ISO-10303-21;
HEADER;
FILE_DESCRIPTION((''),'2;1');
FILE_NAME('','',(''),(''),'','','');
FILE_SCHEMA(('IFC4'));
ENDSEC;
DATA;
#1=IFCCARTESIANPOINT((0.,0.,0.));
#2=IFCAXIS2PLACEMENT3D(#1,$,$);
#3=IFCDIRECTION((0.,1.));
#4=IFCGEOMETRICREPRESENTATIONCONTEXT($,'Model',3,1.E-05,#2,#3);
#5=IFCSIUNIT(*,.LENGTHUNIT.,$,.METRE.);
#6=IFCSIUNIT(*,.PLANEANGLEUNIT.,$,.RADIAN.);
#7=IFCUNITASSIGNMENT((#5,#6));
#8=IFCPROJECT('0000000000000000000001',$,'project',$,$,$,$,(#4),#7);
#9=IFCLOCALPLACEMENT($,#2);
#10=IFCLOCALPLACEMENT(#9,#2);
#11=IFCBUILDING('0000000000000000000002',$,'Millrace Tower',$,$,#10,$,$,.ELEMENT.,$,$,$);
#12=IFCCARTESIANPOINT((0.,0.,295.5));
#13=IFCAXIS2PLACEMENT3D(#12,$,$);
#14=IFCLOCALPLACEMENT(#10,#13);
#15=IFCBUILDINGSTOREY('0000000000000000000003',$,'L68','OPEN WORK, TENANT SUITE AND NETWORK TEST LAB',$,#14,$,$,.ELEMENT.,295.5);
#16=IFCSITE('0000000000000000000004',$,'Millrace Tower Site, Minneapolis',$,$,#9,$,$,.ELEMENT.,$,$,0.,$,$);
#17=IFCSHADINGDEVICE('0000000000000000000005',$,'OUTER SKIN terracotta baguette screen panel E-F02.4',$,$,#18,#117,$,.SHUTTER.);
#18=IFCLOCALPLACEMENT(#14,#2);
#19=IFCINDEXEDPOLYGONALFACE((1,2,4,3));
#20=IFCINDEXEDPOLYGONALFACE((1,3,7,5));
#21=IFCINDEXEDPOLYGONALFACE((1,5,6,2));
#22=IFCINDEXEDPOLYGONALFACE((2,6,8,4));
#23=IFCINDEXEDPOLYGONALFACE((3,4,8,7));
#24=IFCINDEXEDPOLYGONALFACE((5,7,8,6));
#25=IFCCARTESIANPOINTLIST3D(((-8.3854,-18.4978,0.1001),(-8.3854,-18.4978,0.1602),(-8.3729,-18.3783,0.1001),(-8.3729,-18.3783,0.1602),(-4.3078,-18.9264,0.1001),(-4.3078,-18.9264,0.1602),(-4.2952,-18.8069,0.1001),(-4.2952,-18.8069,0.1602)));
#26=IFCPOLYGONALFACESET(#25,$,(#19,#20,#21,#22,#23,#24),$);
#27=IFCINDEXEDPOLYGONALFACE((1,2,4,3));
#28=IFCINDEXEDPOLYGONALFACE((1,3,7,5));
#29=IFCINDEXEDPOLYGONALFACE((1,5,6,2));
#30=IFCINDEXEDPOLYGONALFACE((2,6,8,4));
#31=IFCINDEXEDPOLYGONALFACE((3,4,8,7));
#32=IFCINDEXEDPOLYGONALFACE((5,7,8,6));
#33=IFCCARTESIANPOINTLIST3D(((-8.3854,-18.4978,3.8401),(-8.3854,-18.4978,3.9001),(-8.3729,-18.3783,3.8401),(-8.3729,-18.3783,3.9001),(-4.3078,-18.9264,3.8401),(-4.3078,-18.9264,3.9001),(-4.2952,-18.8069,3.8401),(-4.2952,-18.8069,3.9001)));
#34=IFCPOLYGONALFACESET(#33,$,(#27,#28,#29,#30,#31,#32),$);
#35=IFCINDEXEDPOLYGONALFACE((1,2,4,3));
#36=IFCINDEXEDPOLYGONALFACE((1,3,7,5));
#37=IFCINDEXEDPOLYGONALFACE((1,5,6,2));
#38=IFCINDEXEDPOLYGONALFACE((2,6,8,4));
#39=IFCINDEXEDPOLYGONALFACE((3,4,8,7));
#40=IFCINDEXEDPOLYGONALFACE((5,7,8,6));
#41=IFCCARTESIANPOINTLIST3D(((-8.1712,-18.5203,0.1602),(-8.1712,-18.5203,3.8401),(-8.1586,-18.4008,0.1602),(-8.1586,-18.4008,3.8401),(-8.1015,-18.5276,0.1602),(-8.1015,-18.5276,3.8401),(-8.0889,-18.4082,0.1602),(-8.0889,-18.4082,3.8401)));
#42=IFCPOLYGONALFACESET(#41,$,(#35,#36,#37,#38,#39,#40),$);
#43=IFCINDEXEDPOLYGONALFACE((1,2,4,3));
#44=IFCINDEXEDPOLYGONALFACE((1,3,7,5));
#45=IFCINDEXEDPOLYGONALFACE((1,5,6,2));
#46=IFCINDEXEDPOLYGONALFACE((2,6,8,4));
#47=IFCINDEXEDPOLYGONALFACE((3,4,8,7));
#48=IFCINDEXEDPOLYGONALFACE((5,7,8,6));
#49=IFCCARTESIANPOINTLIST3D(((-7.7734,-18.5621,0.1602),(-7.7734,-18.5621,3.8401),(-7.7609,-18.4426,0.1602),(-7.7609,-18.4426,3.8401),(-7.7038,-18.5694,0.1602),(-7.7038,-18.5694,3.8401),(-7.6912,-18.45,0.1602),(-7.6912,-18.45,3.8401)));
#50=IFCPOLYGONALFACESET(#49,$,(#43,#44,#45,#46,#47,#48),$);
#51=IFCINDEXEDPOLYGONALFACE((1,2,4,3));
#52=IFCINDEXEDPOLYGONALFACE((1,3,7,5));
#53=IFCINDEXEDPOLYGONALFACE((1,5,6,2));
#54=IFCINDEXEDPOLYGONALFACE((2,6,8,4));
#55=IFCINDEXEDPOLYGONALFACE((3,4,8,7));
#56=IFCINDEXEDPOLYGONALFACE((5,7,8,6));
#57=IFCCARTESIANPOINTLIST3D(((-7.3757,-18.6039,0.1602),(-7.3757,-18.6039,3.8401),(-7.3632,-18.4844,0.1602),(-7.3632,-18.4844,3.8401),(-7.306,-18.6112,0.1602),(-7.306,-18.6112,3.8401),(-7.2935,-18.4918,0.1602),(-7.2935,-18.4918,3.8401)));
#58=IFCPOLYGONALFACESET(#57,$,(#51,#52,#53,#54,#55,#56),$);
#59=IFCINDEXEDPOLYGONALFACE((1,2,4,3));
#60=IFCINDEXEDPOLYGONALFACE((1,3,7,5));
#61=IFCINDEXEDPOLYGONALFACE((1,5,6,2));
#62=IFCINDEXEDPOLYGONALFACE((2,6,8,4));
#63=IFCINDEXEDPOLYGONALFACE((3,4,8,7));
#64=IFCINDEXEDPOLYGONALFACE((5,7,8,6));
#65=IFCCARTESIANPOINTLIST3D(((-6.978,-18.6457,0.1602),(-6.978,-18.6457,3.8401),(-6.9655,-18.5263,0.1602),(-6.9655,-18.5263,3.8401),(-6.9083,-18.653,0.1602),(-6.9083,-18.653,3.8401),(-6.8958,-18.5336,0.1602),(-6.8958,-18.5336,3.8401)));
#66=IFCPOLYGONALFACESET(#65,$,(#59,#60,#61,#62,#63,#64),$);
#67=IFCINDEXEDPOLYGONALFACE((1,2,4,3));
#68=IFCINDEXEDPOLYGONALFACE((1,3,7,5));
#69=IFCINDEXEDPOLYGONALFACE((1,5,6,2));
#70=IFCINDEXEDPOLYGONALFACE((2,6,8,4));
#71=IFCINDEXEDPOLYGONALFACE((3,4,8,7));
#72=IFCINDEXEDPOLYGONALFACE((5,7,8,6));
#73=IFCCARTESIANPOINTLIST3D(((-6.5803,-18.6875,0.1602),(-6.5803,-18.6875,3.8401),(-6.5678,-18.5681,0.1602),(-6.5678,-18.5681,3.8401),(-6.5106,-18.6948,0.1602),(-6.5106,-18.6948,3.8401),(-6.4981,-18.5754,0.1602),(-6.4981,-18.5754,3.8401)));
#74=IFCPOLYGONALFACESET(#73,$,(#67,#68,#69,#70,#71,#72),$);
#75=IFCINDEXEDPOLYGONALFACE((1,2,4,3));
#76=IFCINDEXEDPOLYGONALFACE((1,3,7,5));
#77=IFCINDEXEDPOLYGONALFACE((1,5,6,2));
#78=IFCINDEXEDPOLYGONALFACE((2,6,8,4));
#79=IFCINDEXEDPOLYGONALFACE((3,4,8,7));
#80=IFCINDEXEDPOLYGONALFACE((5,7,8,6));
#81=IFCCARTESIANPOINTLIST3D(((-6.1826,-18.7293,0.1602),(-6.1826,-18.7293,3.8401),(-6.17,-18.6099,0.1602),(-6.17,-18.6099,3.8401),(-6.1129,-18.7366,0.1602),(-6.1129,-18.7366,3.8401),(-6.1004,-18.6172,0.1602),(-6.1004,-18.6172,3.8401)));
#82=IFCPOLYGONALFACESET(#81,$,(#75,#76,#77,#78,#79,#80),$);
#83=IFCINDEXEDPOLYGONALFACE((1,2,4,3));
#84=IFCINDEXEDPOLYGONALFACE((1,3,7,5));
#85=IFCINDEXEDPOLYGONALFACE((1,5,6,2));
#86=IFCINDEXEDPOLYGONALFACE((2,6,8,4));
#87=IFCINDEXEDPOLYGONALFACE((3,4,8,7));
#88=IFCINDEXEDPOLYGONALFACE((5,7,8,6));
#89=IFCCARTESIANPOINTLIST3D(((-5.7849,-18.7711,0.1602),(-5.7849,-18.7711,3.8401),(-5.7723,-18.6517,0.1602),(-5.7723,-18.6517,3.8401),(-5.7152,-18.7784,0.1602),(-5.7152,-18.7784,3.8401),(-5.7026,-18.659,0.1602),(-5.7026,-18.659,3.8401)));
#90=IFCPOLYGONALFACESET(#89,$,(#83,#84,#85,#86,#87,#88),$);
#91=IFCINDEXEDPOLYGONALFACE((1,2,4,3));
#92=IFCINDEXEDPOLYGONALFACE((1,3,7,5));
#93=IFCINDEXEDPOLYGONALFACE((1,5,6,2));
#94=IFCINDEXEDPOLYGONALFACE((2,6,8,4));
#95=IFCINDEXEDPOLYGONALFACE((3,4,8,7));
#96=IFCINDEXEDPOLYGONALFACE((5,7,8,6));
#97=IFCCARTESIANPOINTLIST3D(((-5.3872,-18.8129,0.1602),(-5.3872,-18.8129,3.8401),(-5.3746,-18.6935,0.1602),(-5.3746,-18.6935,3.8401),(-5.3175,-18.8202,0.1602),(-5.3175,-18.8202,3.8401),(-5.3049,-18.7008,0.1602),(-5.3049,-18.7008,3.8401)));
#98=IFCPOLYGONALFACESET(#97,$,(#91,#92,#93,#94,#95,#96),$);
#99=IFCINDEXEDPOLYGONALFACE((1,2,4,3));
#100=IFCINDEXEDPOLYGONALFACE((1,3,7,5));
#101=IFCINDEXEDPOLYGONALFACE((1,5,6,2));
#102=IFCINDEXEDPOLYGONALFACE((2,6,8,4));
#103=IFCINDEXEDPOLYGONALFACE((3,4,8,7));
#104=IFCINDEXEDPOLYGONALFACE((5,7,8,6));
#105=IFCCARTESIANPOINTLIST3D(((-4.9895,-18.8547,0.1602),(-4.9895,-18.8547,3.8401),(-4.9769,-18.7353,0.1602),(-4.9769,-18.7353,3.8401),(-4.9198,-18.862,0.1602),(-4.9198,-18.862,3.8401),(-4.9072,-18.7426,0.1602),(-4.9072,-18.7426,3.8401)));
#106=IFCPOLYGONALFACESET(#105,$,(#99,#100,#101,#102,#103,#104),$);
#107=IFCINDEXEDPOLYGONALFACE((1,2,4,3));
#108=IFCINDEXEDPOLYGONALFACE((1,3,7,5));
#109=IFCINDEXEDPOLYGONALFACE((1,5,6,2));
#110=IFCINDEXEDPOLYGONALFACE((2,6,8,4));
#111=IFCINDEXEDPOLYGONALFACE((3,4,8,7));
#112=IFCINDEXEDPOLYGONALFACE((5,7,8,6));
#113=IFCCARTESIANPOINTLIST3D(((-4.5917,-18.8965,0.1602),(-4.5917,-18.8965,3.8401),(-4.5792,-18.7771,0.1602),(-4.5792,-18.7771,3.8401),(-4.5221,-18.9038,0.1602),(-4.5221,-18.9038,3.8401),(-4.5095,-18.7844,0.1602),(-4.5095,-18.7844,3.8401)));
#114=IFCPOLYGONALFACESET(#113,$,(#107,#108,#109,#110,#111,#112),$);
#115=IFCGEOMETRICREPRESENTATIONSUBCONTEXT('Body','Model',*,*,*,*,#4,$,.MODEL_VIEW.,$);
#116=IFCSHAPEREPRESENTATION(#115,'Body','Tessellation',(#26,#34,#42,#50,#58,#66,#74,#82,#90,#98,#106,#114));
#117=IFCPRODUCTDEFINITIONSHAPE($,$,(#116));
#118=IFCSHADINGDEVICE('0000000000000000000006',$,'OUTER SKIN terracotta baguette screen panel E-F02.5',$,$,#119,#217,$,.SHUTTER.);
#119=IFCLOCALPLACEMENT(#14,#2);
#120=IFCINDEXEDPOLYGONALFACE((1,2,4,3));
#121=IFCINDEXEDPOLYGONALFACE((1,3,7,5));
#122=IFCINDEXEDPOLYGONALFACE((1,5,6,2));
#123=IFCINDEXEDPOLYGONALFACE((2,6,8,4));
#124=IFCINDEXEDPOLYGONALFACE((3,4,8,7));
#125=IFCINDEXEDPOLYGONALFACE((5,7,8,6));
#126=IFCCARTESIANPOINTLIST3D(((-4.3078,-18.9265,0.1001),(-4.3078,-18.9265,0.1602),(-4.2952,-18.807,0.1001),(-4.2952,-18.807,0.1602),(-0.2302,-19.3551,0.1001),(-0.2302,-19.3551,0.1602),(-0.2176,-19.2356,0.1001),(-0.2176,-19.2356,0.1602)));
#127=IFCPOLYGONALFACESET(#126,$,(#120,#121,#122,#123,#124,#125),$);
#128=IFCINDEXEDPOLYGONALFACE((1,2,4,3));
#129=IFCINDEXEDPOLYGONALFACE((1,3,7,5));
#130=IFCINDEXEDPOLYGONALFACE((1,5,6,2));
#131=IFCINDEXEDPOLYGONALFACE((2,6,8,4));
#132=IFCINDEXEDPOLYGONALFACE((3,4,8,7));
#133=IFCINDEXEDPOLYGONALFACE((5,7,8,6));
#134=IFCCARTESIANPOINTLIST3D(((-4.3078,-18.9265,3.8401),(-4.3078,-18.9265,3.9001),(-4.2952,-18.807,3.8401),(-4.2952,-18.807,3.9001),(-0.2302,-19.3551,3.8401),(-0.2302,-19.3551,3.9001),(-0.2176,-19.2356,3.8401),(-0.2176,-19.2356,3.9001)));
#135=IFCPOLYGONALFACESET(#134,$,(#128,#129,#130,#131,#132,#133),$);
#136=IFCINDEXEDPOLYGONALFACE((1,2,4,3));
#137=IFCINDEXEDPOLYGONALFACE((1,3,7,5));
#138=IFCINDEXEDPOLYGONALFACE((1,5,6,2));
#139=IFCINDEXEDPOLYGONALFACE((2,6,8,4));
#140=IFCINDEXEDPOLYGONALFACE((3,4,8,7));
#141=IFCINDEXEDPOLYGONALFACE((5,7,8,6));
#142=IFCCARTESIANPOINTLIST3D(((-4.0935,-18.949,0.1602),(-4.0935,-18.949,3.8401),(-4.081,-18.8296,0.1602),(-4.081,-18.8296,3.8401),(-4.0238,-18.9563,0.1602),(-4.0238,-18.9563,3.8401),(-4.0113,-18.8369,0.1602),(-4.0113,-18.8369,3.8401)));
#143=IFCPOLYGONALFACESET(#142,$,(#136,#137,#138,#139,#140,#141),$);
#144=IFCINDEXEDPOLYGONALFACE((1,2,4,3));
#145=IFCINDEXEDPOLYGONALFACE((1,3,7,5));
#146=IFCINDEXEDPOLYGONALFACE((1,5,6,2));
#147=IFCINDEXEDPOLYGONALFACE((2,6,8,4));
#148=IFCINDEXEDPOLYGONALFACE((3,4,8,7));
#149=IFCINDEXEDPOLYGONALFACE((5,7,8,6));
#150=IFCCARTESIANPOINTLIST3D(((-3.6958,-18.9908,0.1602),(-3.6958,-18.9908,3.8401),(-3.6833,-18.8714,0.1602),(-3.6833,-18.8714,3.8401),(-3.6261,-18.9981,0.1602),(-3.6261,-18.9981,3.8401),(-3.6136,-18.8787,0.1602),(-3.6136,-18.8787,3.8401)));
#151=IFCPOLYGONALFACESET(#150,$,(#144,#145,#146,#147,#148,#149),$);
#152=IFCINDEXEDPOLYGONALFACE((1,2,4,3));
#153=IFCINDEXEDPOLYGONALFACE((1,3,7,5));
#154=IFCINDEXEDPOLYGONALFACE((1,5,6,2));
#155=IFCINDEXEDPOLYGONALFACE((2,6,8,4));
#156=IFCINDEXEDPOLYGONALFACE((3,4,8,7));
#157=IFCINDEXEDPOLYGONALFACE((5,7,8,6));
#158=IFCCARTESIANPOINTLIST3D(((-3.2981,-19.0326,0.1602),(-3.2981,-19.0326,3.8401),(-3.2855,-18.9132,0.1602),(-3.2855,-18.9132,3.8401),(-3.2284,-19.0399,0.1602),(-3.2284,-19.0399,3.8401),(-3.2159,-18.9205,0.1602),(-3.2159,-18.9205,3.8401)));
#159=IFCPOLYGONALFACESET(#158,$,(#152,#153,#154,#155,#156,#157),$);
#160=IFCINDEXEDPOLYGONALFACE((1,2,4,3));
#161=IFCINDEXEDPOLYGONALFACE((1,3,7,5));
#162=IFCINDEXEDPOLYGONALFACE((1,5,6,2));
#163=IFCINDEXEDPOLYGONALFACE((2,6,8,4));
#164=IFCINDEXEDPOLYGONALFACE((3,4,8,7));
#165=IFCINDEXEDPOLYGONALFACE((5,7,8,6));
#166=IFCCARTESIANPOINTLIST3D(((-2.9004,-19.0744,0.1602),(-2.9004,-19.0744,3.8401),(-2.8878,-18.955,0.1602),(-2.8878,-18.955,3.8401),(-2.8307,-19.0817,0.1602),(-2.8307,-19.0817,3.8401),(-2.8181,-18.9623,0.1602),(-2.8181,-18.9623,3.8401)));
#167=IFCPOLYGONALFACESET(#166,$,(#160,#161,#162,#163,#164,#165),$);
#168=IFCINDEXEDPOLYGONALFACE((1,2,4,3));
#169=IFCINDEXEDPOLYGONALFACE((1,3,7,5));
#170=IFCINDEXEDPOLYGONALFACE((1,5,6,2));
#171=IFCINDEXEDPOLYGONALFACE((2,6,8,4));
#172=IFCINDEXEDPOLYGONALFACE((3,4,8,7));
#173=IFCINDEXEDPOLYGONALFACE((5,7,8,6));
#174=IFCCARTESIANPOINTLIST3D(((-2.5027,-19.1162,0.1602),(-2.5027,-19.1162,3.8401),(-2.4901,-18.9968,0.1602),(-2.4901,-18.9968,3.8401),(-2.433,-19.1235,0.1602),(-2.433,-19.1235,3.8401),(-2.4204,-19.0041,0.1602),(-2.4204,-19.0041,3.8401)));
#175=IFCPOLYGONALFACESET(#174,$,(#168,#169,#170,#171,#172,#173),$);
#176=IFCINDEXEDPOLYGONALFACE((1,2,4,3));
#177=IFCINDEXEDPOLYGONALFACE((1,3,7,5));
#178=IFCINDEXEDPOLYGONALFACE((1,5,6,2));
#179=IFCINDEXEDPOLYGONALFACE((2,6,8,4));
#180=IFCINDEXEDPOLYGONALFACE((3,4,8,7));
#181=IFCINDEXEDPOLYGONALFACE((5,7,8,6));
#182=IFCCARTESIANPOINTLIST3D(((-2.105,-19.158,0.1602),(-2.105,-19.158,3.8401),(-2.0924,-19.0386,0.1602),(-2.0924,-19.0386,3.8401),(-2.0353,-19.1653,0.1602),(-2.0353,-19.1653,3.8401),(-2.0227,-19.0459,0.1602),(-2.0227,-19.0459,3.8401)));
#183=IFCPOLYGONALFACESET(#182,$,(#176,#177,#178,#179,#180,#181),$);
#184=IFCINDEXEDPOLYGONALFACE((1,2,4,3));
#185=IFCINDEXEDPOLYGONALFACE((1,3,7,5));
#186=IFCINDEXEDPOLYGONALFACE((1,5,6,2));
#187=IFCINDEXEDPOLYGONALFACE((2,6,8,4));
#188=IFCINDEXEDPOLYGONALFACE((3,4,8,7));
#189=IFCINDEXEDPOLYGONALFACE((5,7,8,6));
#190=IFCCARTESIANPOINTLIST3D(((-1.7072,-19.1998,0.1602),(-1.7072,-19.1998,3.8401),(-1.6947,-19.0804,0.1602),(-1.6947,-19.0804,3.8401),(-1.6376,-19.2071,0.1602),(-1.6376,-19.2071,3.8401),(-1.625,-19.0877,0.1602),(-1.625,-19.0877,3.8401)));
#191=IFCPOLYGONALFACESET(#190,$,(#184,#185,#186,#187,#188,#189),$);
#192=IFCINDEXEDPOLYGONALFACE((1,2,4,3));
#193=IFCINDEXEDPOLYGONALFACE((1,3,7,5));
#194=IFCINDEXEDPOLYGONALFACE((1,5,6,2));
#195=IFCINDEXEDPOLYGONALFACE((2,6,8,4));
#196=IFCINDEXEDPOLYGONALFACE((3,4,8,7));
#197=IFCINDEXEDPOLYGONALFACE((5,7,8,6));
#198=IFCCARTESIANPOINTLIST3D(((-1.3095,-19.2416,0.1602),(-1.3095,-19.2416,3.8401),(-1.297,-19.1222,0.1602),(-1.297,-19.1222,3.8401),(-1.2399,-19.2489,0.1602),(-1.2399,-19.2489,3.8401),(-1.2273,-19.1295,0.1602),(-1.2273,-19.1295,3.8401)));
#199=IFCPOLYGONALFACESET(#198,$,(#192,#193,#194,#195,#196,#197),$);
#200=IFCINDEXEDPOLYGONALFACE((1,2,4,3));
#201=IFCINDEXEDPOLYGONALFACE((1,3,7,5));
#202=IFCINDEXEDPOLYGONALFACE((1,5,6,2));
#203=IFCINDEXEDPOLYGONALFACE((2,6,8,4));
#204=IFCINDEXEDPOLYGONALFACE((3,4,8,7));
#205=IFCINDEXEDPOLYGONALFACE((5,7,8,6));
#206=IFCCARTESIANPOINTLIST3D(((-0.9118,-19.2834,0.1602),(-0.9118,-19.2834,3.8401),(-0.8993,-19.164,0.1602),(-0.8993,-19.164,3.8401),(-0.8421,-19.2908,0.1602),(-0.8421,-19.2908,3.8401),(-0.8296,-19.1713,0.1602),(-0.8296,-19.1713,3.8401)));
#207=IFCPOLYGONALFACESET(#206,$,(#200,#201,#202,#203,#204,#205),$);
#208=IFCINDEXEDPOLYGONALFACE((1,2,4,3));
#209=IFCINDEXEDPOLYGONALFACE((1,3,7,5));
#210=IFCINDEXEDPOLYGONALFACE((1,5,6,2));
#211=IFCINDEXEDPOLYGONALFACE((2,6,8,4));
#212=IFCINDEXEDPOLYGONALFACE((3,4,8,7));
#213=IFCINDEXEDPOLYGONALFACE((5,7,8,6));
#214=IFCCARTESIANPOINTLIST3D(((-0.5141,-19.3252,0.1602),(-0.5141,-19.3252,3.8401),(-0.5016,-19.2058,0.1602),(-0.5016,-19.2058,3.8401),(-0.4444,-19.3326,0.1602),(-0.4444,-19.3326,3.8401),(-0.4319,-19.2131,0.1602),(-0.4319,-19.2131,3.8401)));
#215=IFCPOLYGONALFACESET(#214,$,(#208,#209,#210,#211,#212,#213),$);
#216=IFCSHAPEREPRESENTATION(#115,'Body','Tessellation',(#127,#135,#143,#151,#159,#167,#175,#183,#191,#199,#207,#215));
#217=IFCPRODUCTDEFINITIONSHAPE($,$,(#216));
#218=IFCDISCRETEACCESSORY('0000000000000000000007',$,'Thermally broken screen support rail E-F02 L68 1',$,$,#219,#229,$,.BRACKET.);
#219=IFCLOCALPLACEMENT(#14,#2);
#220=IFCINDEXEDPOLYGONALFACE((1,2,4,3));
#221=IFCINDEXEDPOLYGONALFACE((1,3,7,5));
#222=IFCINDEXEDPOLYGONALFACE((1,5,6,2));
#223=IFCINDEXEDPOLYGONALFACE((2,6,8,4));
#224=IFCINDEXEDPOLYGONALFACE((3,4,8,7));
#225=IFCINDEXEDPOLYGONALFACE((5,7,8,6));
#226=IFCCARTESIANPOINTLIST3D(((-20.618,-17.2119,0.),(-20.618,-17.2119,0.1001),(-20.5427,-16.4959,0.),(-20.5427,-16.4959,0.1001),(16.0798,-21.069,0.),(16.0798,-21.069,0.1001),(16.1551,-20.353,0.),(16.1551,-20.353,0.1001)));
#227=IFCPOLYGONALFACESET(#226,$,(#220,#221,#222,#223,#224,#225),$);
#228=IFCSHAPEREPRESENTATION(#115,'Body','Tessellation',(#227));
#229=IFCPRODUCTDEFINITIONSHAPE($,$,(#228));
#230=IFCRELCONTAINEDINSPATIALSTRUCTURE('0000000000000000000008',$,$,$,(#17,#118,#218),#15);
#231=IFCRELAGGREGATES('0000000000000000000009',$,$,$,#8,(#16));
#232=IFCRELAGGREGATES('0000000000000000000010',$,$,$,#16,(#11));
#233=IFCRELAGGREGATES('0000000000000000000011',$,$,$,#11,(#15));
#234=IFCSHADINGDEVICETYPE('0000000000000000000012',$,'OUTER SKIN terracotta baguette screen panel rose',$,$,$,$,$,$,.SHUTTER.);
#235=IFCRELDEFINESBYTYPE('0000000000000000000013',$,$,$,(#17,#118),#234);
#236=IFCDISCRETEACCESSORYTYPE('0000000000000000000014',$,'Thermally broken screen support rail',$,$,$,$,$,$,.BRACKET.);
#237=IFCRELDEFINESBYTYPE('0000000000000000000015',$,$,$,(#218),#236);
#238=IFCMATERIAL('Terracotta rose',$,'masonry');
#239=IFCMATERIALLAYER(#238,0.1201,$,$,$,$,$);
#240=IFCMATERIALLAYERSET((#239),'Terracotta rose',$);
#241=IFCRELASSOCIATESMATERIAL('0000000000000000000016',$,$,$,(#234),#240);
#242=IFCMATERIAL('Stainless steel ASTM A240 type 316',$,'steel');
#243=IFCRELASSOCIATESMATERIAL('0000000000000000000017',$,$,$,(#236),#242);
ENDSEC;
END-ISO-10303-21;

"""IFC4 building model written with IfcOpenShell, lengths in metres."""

from ifc_helpers import new_model, entity, si_unit, direction, frame, frame_2d, origin, origin_2d, place, context, subcontext, project, spatial, rectangle, extrude, source, transform, mapped, material, layer, layer_set, type_object, element, save


model = new_model("IFC4")

# Units and contexts
model_context = context("Model", 3, precision=1e-05, world=origin(), true_north=direction((0.0, 1.0)))
body_context = subcontext(model_context, "Body", "Model", "MODEL_VIEW")
ifc_project = project(units=[si_unit("LENGTHUNIT", "METRE"), si_unit("PLANEANGLEUNIT", "RADIAN")], contexts=[model_context])

# Site, building, storey
site_placement = place(None, origin())
site = spatial("IfcSite", under=ifc_project, at=site_placement, Name="Millrace Tower Site, Minneapolis", CompositionType="ELEMENT", RefElevation=0.0)
building_placement = place(site_placement, origin())
building = spatial("IfcBuilding", under=site, at=building_placement, Name="Millrace Tower", CompositionType="ELEMENT")
storey_placement = place(building_placement, frame((0.0, 0.0, 295.5)))
storey = spatial("IfcBuildingStorey", under=building, at=storey_placement, Name="L68", Description="OPEN WORK, TENANT SUITE AND NETWORK TEST LAB", CompositionType="ELEMENT", Elevation=295.5)

# Shading devices
ifc_material_1 = material(Name="Terracotta rose", Category="masonry")
ifc_layer_1 = layer(ifc_material_1, 0.1201)
ifc_layer_set_1 = layer_set([ifc_layer_1], Name="Terracotta rose")
shading_device_type = type_object("IfcShadingDeviceType", Name="OUTER SKIN terracotta baguette screen panel rose", PredefinedType="SHUTTER", material=ifc_layer_set_1)
cartesian_point = entity("IfcCartesianPoint", [-2.05, 0.0601])
shared_polyline = entity("IfcPolyline", [cartesian_point, entity("IfcCartesianPoint", [2.05, 0.0601]), entity("IfcCartesianPoint", [2.05, -0.0601]), entity("IfcCartesianPoint", [-2.05, -0.0601]), cartesian_point])
shared_shape = source(origin(), body_context, "Body", "SweptSolid", [
    entity("IfcExtrudedAreaSolid", entity("IfcArbitraryClosedProfileDef", "AREA", None, shared_polyline), entity("IfcAxis2Placement3D", entity("IfcCartesianPoint", [0.0, 0.0, 0.0])), entity("IfcDirection", [0.0, 0.0, 1.0]), 0.0601),
    entity("IfcExtrudedAreaSolid", entity("IfcArbitraryClosedProfileDef", "AREA", None, shared_polyline), entity("IfcAxis2Placement3D", entity("IfcCartesianPoint", [0.0, 0.0, 3.74])), entity("IfcDirection", [0.0, 0.0, 1.0]), 0.0601),
    extrude(rectangle(XDim=0.0701, YDim=0.1201, at=frame_2d((-1.7996, 0.0))), frame((0.0, 0.0, 0.0601)), (0.0, 0.0, 1.0), 3.6799),
    extrude(rectangle(XDim=0.0701, YDim=0.1201, at=frame_2d((-1.3997, 0.0))), frame((0.0, 0.0, 0.0601)), (0.0, 0.0, 1.0), 3.6799),
    extrude(rectangle(XDim=0.0701, YDim=0.1201, at=frame_2d((-0.9998, 0.0))), frame((0.0, 0.0, 0.0601)), (0.0, 0.0, 1.0), 3.6799),
    extrude(rectangle(XDim=0.0701, YDim=0.1201, at=frame_2d((-0.5999, 0.0))), frame((0.0, 0.0, 0.0601)), (0.0, 0.0, 1.0), 3.6799),
    extrude(rectangle(XDim=0.0701, YDim=0.1201, at=frame_2d((-0.2, 0.0))), frame((0.0, 0.0, 0.0601)), (0.0, 0.0, 1.0), 3.6799),
    extrude(rectangle(XDim=0.0701, YDim=0.1201, at=frame_2d((0.2, 0.0))), frame((0.0, 0.0, 0.0601)), (0.0, 0.0, 1.0), 3.6799),
    extrude(rectangle(XDim=0.0701, YDim=0.1201, at=frame_2d((0.5999, 0.0))), frame((0.0, 0.0, 0.0601)), (0.0, 0.0, 1.0), 3.6799),
    extrude(rectangle(XDim=0.0701, YDim=0.1201, at=frame_2d((0.9998, 0.0))), frame((0.0, 0.0, 0.0601)), (0.0, 0.0, 1.0), 3.6799),
    extrude(rectangle(XDim=0.0701, YDim=0.1201, at=frame_2d((1.3997, 0.0))), frame((0.0, 0.0, 0.0601)), (0.0, 0.0, 1.0), 3.6799),
    extrude(rectangle(XDim=0.0701, YDim=0.1201, at=frame_2d((1.7996, 0.0))), frame((0.0, 0.0, 0.0601)), (0.0, 0.0, 1.0), 3.6799),
])
for number, where, z_axis, x_axis, name in (
    (1, (-6.3403, -18.6523, 0.1001), (0.0, 0.0, 1.0), (0.994522, -0.104528, 0.0), "OUTER SKIN terracotta baguette screen panel E-F02.4"),
    (2, (-2.2627, -19.0811, 0.1001), (0.0, 0.0, 1.0), (0.994522, -0.104528, 0.0), "OUTER SKIN terracotta baguette screen panel E-F02.5"),
):
    element("IfcShadingDevice", number, at=place(storey_placement, frame(where, z_axis=z_axis, x_axis=x_axis)), inside=storey, type_object=shading_device_type, Name=name, PredefinedType="SHUTTER", context=body_context, shape_type="MappedRepresentation", body=[
        mapped(shared_shape, transform((0.0, 0.0, 0.0), scale=1.0)),
    ])

# Discrete accessory
ifc_material_2 = material(Name="Stainless steel ASTM A240 type 316", Category="steel")
discrete_accessory_type = type_object("IfcDiscreteAccessoryType", Name="Thermally broken screen support rail", PredefinedType="BRACKET", material=ifc_material_2)
discrete_accessory_placement = place(storey_placement, frame((-2.2314, -18.7825, 0.0), z_axis=(0.0, 0.0, 1.0), x_axis=(0.994522, -0.104528, 0.0)))
element("IfcDiscreteAccessory", 3, at=discrete_accessory_placement, inside=storey, type_object=discrete_accessory_type, Name="Thermally broken screen support rail E-F02 L68 1", PredefinedType="BRACKET", context=body_context, shape_type="SweptSolid", body=[
    extrude(rectangle(XDim=36.8999, YDim=0.72, at=origin_2d()), origin(), (0.0, 0.0, 1.0), 0.1001),
])

save(model, "model.ifc")
